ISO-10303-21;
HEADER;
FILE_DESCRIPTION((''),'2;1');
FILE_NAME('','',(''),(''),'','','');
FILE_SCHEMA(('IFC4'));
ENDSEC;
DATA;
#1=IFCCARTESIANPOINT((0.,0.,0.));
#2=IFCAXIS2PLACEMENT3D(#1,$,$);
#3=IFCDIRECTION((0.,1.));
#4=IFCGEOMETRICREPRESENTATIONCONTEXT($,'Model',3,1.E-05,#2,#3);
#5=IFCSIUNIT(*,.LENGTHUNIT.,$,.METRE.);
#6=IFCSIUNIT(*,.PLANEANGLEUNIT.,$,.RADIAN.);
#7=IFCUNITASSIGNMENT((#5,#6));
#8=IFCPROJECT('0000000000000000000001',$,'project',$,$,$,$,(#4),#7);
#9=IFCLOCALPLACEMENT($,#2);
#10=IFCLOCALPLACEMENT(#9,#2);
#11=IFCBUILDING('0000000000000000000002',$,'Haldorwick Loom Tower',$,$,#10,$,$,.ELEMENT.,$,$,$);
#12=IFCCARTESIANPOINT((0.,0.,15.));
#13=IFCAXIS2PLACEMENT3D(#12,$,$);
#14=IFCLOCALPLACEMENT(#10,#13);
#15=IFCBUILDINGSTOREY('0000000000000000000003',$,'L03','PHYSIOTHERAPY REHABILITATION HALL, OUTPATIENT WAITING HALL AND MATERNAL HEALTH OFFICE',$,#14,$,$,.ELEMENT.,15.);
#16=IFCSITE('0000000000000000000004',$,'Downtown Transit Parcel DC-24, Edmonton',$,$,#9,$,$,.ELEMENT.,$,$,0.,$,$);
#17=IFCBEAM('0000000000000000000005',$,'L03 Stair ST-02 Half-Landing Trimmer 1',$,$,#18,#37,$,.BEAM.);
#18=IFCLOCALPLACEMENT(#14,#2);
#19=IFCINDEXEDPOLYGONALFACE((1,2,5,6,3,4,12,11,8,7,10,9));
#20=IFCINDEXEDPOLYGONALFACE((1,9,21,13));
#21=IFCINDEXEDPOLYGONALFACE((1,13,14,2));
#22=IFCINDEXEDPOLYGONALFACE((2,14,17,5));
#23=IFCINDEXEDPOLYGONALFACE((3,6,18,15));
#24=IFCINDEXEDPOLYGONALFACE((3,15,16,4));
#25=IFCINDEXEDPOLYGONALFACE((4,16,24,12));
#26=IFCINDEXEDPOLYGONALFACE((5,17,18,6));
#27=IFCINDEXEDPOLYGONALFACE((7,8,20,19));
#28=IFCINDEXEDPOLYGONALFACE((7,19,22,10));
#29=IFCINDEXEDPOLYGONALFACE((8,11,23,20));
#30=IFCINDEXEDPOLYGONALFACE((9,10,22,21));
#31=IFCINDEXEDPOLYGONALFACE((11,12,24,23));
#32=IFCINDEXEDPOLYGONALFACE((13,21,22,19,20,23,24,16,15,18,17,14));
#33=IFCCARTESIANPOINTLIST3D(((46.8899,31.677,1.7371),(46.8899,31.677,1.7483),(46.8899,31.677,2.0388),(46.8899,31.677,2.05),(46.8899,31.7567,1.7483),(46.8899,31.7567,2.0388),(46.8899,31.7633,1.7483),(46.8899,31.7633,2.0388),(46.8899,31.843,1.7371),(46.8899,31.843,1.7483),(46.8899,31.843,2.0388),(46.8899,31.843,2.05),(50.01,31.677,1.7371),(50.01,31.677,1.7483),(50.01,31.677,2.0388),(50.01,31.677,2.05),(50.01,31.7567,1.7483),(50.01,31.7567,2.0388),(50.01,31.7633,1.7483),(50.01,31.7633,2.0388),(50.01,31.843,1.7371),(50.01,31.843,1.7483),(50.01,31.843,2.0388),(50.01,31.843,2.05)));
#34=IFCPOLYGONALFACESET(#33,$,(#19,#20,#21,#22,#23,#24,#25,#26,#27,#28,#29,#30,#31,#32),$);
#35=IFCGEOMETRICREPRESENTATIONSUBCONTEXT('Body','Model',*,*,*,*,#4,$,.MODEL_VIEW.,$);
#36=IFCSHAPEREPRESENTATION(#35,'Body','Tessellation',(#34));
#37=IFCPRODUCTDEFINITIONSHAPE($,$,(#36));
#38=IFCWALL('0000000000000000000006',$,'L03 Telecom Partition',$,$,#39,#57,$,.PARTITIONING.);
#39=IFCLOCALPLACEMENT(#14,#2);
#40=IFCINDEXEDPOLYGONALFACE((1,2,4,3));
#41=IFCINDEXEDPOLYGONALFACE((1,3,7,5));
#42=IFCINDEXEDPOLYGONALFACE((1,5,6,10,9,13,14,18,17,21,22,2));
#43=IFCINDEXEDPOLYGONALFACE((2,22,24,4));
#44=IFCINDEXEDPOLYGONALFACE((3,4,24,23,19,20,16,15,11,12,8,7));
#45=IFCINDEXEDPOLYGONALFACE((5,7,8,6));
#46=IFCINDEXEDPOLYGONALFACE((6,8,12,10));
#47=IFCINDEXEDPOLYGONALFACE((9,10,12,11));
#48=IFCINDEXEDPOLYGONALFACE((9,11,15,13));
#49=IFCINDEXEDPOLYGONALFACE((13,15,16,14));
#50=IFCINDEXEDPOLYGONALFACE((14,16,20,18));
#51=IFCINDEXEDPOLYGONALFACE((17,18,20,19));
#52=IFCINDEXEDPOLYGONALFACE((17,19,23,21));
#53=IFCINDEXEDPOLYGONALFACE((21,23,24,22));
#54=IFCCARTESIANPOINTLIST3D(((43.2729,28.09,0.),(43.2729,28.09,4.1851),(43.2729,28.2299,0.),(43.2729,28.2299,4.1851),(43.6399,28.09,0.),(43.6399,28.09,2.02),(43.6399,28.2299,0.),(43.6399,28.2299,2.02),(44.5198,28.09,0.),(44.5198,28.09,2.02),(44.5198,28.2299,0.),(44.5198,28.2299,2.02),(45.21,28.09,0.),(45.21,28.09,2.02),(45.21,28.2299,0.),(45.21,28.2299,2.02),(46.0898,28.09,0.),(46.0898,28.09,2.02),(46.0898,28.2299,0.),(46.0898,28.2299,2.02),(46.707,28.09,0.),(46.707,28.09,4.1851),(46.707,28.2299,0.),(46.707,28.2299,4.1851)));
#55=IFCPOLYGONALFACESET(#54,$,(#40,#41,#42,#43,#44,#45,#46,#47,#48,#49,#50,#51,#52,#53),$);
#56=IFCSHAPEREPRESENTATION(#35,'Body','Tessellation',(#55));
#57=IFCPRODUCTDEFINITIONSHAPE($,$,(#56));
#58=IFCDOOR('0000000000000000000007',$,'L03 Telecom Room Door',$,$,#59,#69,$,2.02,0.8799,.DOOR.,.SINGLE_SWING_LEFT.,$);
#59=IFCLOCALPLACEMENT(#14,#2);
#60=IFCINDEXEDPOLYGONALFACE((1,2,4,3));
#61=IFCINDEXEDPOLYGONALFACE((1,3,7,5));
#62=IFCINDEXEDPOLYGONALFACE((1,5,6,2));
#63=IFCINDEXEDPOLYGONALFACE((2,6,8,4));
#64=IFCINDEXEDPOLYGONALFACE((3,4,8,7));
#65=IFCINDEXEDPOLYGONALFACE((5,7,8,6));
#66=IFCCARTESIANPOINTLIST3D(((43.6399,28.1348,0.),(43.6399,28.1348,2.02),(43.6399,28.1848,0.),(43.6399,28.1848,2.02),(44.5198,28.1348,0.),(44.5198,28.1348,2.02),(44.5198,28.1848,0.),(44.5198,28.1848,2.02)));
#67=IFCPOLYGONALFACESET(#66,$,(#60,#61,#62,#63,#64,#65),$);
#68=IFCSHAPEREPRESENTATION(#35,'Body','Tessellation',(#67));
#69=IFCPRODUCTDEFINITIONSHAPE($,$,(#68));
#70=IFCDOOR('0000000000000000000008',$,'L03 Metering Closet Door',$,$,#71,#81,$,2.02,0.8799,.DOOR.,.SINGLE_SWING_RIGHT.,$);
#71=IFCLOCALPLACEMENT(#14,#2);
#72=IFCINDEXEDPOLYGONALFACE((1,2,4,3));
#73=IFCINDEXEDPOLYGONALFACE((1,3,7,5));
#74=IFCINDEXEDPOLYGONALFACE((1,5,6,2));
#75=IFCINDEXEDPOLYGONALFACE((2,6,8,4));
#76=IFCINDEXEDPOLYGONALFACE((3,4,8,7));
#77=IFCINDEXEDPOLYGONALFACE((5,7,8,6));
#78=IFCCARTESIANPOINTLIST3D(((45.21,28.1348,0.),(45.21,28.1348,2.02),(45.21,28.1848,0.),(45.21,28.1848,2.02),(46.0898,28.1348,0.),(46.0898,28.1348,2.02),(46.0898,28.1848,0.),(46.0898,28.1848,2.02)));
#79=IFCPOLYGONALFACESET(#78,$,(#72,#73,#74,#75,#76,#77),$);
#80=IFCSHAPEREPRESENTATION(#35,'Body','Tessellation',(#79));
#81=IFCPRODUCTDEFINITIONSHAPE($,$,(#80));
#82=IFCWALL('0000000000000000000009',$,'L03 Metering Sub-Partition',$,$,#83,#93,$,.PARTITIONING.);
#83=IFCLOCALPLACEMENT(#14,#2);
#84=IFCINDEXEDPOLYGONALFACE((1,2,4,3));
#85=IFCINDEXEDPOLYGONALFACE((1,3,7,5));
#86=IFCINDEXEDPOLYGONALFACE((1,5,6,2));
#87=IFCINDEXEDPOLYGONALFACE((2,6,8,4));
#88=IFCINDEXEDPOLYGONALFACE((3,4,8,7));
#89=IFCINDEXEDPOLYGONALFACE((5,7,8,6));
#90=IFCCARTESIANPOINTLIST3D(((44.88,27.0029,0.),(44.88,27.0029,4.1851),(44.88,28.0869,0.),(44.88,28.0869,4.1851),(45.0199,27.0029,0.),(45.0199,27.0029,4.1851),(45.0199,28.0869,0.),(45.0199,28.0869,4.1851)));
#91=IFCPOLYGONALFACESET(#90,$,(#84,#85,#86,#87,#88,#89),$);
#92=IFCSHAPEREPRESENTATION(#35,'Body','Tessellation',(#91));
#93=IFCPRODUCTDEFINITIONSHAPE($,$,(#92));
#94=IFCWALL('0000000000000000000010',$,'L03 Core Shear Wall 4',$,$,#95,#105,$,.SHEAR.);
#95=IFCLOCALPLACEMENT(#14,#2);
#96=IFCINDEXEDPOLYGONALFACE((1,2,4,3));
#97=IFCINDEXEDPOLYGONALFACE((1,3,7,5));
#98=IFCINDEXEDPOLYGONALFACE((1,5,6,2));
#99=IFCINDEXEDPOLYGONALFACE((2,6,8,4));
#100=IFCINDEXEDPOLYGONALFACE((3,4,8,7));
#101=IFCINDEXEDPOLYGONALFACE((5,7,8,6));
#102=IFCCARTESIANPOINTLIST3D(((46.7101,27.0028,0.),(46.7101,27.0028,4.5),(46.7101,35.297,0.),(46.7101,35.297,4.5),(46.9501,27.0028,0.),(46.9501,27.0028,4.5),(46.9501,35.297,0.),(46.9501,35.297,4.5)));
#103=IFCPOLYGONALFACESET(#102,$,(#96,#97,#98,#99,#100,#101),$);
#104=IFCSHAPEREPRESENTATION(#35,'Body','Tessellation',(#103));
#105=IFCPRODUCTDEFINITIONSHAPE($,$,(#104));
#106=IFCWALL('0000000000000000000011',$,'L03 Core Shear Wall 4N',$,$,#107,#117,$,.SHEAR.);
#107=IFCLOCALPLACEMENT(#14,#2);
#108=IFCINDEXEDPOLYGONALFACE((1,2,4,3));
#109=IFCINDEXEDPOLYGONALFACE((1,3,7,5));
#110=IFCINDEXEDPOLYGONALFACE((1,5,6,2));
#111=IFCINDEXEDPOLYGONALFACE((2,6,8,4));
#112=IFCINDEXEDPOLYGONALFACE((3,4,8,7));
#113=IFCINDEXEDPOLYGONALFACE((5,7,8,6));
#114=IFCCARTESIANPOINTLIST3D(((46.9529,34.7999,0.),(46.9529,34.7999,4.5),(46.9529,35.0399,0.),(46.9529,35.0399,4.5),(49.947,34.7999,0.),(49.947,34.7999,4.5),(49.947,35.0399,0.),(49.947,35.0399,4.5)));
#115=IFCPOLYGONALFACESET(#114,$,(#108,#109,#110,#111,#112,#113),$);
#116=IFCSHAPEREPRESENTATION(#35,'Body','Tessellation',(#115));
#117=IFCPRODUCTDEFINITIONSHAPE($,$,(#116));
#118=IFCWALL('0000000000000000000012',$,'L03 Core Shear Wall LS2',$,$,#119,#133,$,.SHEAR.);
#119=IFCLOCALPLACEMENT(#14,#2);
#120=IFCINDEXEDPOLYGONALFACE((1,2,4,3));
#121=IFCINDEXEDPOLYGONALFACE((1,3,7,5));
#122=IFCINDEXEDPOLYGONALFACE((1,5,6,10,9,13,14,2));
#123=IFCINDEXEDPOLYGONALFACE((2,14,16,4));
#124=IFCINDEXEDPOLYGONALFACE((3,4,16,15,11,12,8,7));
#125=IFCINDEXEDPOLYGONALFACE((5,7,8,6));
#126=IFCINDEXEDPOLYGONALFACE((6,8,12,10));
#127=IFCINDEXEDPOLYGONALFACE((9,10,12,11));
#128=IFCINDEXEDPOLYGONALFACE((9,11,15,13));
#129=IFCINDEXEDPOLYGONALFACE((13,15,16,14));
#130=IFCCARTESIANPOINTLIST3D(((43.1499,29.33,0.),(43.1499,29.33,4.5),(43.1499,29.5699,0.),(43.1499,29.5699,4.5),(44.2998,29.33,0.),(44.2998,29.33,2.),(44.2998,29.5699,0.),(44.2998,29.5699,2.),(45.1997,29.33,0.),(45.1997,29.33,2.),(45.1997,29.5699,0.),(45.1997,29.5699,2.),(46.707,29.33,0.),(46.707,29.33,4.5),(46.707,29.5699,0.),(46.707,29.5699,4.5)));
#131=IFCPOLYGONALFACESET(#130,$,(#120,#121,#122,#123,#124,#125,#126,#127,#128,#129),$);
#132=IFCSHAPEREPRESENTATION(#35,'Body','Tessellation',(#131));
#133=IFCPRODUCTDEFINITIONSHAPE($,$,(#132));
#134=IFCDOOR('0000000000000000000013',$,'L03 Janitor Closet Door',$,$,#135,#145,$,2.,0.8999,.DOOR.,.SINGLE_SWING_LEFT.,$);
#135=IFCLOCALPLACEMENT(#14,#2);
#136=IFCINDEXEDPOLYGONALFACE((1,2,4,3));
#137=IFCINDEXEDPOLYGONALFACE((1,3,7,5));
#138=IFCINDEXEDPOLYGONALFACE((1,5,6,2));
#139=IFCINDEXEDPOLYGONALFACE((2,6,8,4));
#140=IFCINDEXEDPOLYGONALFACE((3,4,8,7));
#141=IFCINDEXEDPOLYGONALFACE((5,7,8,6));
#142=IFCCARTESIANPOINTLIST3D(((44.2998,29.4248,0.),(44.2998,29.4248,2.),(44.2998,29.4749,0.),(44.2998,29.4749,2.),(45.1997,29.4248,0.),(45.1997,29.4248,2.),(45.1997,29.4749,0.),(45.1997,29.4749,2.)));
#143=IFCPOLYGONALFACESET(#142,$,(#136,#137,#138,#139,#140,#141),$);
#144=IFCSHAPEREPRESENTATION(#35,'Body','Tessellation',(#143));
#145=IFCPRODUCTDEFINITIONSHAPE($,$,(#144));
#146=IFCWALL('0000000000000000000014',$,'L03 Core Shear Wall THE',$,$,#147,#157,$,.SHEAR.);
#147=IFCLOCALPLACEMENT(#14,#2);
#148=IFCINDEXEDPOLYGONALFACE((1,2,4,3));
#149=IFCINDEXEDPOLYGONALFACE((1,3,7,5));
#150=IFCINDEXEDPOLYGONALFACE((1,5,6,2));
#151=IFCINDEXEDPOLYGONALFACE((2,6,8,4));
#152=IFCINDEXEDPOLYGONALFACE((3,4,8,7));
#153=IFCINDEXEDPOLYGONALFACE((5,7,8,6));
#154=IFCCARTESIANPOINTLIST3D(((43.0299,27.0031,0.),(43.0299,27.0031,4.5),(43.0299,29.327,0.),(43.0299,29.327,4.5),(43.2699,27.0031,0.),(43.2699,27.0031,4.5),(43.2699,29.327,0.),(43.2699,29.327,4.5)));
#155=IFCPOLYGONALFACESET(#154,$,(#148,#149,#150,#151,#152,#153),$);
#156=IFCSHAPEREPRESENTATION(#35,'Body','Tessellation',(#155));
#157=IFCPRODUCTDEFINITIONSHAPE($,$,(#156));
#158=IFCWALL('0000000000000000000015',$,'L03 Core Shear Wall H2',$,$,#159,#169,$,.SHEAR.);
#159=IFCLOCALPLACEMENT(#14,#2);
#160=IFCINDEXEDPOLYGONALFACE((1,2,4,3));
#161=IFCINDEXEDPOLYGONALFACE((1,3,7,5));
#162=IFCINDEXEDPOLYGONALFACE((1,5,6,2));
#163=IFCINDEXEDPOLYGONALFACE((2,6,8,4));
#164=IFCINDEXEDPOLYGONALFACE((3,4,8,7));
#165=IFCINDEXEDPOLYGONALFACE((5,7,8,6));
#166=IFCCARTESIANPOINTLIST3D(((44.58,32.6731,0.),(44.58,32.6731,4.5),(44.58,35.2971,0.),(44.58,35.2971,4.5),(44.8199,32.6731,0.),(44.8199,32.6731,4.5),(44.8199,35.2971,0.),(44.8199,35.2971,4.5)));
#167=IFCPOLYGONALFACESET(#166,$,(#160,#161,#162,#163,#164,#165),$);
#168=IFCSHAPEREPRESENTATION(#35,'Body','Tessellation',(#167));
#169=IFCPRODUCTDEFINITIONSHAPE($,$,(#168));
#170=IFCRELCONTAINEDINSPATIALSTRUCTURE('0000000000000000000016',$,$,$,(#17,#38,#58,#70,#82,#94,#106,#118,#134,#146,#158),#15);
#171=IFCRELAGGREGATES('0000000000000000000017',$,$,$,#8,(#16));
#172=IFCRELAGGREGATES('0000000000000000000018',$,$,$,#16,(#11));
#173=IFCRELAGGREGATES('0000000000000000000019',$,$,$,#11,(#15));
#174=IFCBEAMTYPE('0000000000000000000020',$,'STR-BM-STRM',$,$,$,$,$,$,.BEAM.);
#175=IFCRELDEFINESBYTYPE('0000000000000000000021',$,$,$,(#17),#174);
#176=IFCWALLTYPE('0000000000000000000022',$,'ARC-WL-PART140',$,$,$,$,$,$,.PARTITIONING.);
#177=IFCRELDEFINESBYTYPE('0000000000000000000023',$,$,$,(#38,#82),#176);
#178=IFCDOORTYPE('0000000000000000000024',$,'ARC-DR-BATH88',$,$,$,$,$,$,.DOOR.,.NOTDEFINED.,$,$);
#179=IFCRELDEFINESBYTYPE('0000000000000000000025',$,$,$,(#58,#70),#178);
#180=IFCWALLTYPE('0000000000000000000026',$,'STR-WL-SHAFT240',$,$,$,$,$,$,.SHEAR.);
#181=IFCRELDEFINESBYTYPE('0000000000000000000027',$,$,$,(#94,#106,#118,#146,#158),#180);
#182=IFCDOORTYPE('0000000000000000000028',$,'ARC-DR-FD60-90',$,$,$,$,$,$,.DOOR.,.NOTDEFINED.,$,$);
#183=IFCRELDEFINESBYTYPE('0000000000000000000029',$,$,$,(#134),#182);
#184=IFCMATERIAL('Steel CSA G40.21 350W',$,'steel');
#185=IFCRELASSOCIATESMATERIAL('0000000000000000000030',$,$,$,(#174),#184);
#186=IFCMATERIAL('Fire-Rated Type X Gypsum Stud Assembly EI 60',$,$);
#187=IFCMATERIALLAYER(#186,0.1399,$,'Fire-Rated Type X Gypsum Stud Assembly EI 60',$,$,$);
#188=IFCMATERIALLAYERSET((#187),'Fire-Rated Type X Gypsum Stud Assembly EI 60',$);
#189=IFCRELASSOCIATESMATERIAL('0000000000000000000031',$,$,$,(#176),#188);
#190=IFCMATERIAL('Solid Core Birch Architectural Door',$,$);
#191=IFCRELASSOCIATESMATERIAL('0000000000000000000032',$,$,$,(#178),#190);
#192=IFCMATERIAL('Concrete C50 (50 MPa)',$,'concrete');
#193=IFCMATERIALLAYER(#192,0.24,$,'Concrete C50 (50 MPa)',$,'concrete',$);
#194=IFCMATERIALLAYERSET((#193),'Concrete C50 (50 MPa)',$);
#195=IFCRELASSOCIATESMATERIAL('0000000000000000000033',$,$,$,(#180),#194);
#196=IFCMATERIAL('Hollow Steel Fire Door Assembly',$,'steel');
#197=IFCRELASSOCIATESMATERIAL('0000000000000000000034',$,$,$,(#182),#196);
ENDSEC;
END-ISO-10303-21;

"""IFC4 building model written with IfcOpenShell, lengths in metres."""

from ifc_helpers import new_model, si_unit, direction, frame, frame_2d, origin, origin_2d, place, context, subcontext, project, spatial, rectangle, i_section, extrude, material, layer, layer_set, material_profile, profile_set, type_object, element, fill, save


model = new_model("IFC4")

# Units and contexts
model_context = context("Model", 3, precision=1e-05, world=origin(), true_north=direction((0.0, 1.0)))
body_context = subcontext(model_context, "Body", "Model", "MODEL_VIEW")
ifc_project = project(units=[si_unit("LENGTHUNIT", "METRE"), si_unit("PLANEANGLEUNIT", "RADIAN")], contexts=[model_context])

# Site, building, storey
site_placement = place(None, origin())
site = spatial("IfcSite", under=ifc_project, at=site_placement, Name="Downtown Transit Parcel DC-24, Edmonton", CompositionType="ELEMENT", RefElevation=0.0)
building_placement = place(site_placement, origin())
building = spatial("IfcBuilding", under=site, at=building_placement, Name="Haldorwick Loom Tower", CompositionType="ELEMENT")
storey_placement = place(building_placement, frame((0.0, 0.0, 15.0)))
storey = spatial("IfcBuildingStorey", under=building, at=storey_placement, Name="L03", Description="PHYSIOTHERAPY REHABILITATION HALL, OUTPATIENT WAITING HALL AND MATERNAL HEALTH OFFICE", CompositionType="ELEMENT", Elevation=15.0)

# Beam
ifc_material_1 = material(Name="Steel CSA G40.21 350W", Category="steel")
ifc_material_profile_1 = material_profile(ifc_material_1, i_section(OverallWidth=0.166, OverallDepth=0.313, WebThickness=0.0066, FlangeThickness=0.0112, at=origin_2d()), Name="W310X45", Category="steel")
ifc_profile_set_1 = profile_set([ifc_material_profile_1], Name="Steel CSA G40.21 350W")
beam_type = type_object("IfcBeamType", Name="STR-BM-STRM", PredefinedType="BEAM", material=ifc_profile_set_1)
for number, where, z_axis, x_axis, name in (
    (1, (46.8899, 31.76, 1.8936), (1.0, 0.0, 0.0), (0.0, 1.0, 0.0), "L03 Stair ST-02 Half-Landing Trimmer 1"),
):
    element("IfcBeam", number, at=place(storey_placement, frame(where, z_axis=z_axis, x_axis=x_axis)), inside=storey, type_object=beam_type, Name=name, PredefinedType="BEAM", context=body_context, shape_type="SweptSolid", body=[
        extrude(i_section(OverallWidth=0.166, OverallDepth=0.313, WebThickness=0.0066, FlangeThickness=0.0112, at=origin_2d()), origin(), (0.0, 0.0, 1.0), 3.1201),
    ])

# Wall, openings, doors
ifc_material_2 = material(Name="Fire-Rated Type X Gypsum Stud Assembly EI 60")
ifc_layer_1 = layer(ifc_material_2, 0.1399, Name="Fire-Rated Type X Gypsum Stud Assembly EI 60")
ifc_layer_set_1 = layer_set([ifc_layer_1], Name="Fire-Rated Type X Gypsum Stud Assembly EI 60")
wall_type_1 = type_object("IfcWallType", Name="ARC-WL-PART140", PredefinedType="PARTITIONING", material=ifc_layer_set_1)
wall_1_placement = place(storey_placement, frame((43.2729, 28.1599, 0.0), z_axis=(0.0, 0.0, 1.0), x_axis=(1.0, 0.0, 0.0)))
wall_1 = element("IfcWall", 2, at=wall_1_placement, inside=storey, type_object=wall_type_1, Name="L03 Telecom Partition", PredefinedType="PARTITIONING", context=body_context, shape_type="SweptSolid", body=[
    extrude(rectangle(XDim=3.4341, YDim=0.1399, at=frame_2d((1.717, 0.0))), origin(), (0.0, 0.0, 1.0), 4.1851),
])
opening_1_placement = place(wall_1_placement, frame((0.3669, 0.0, 0.0)))
opening_1 = element("IfcOpeningElement", 3, at=opening_1_placement, cuts=wall_1, PredefinedType="OPENING", context=body_context, shape_type="SweptSolid", body=[
    extrude(rectangle(XDim=0.8799, YDim=2.02, at=frame_2d((0.4399, 1.01))), frame((0.0, 0.0798, 0.0), z_axis=(0.0, -1.0, 0.0), x_axis=(1.0, 0.0, 0.0)), (0.0, 0.0, 1.0), 0.1599),
])
opening_2_placement = place(wall_1_placement, frame((1.937, 0.0, 0.0)))
opening_2 = element("IfcOpeningElement", 4, at=opening_2_placement, cuts=wall_1, PredefinedType="OPENING", context=body_context, shape_type="SweptSolid", body=[
    extrude(rectangle(XDim=0.8799, YDim=2.02, at=frame_2d((0.4399, 1.01))), frame((0.0, 0.0798, 0.0), z_axis=(0.0, -1.0, 0.0), x_axis=(1.0, 0.0, 0.0)), (0.0, 0.0, 1.0), 0.1599),
])
ifc_material_3 = material(Name="Solid Core Birch Architectural Door")
door_type_1 = type_object("IfcDoorType", Name="ARC-DR-BATH88", OperationType="NOTDEFINED", PredefinedType="DOOR", material=ifc_material_3)
door_1_placement = place(opening_1_placement, origin())
door_1 = element("IfcDoor", 5, at=door_1_placement, inside=storey, type_object=door_type_1, Name="L03 Telecom Room Door", OperationType="SINGLE_SWING_LEFT", OverallHeight=2.02, OverallWidth=0.8799, PredefinedType="DOOR", context=body_context, shape_type="SweptSolid", body=[
    extrude(rectangle(XDim=0.8799, YDim=2.02, at=frame_2d((0.4399, 1.01))), frame((0.0, 0.0249, 0.0), z_axis=(0.0, -1.0, 0.0), x_axis=(1.0, 0.0, 0.0)), (0.0, 0.0, 1.0), 0.05),
])
fill(opening_1, door_1)
door_2_placement = place(opening_2_placement, origin())
door_2 = element("IfcDoor", 6, at=door_2_placement, inside=storey, type_object=door_type_1, Name="L03 Metering Closet Door", OperationType="SINGLE_SWING_RIGHT", OverallHeight=2.02, OverallWidth=0.8799, PredefinedType="DOOR", context=body_context, shape_type="SweptSolid", body=[
    extrude(rectangle(XDim=0.8799, YDim=2.02, at=frame_2d((0.4399, 1.01))), frame((0.0, 0.0249, 0.0), z_axis=(0.0, -1.0, 0.0), x_axis=(1.0, 0.0, 0.0)), (0.0, 0.0, 1.0), 0.05),
])
fill(opening_2, door_2)

# Walls
wall_2_placement = place(storey_placement, frame((44.95, 27.0029, 0.0), z_axis=(0.0, 0.0, 1.0), x_axis=(0.0, 1.0, 0.0)))
element("IfcWall", 7, at=wall_2_placement, inside=storey, type_object=wall_type_1, Name="L03 Metering Sub-Partition", PredefinedType="PARTITIONING", context=body_context, shape_type="SweptSolid", body=[
    extrude(rectangle(XDim=1.084, YDim=0.1399, at=frame_2d((0.542, 0.0))), origin(), (0.0, 0.0, 1.0), 4.1851),
])
ifc_material_4 = material(Name="Concrete C50 (50 MPa)", Category="concrete")
ifc_layer_2 = layer(ifc_material_4, 0.24, Name="Concrete C50 (50 MPa)", Category="concrete")
ifc_layer_set_2 = layer_set([ifc_layer_2], Name="Concrete C50 (50 MPa)")
wall_type_2 = type_object("IfcWallType", Name="STR-WL-SHAFT240", PredefinedType="SHEAR", material=ifc_layer_set_2)
wall_3_placement = place(storey_placement, frame((46.8301, 27.0029, 0.0), z_axis=(0.0, 0.0, 1.0), x_axis=(0.0, 1.0, 0.0)))
element("IfcWall", 8, at=wall_3_placement, inside=storey, type_object=wall_type_2, Name="L03 Core Shear Wall 4", PredefinedType="SHEAR", context=body_context, shape_type="SweptSolid", body=[
    extrude(rectangle(XDim=8.2942, YDim=0.24, at=frame_2d((4.147, 0.0))), origin(), (0.0, 0.0, 1.0), 4.5),
])
wall_4_placement = place(storey_placement, frame((46.9529, 34.9199, 0.0), z_axis=(0.0, 0.0, 1.0), x_axis=(1.0, 0.0, 0.0)))
element("IfcWall", 9, at=wall_4_placement, inside=storey, type_object=wall_type_2, Name="L03 Core Shear Wall 4N", PredefinedType="SHEAR", context=body_context, shape_type="SweptSolid", body=[
    extrude(rectangle(XDim=2.9941, YDim=0.24, at=frame_2d((1.4971, 0.0))), origin(), (0.0, 0.0, 1.0), 4.5),
])

# Wall, opening, door
wall_5_placement = place(storey_placement, frame((43.1499, 29.45, 0.0), z_axis=(0.0, 0.0, 1.0), x_axis=(1.0, 0.0, 0.0)))
wall_5 = element("IfcWall", 10, at=wall_5_placement, inside=storey, type_object=wall_type_2, Name="L03 Core Shear Wall LS2", PredefinedType="SHEAR", context=body_context, shape_type="SweptSolid", body=[
    extrude(rectangle(XDim=3.5571, YDim=0.24, at=frame_2d((1.7786, 0.0))), origin(), (0.0, 0.0, 1.0), 4.5),
])
opening_3_placement = place(wall_5_placement, frame((1.1499, 0.0, 0.0)))
opening_3 = element("IfcOpeningElement", 11, at=opening_3_placement, cuts=wall_5, PredefinedType="OPENING", context=body_context, shape_type="SweptSolid", body=[
    extrude(rectangle(XDim=0.8999, YDim=2.0, at=frame_2d((0.45, 1.0))), frame((0.0, 0.1299, 0.0), z_axis=(0.0, -1.0, 0.0), x_axis=(1.0, 0.0, 0.0)), (0.0, 0.0, 1.0), 0.26),
])
ifc_material_5 = material(Name="Hollow Steel Fire Door Assembly", Category="steel")
door_type_2 = type_object("IfcDoorType", Name="ARC-DR-FD60-90", OperationType="NOTDEFINED", PredefinedType="DOOR", material=ifc_material_5)
door_3_placement = place(opening_3_placement, origin())
door_3 = element("IfcDoor", 12, at=door_3_placement, inside=storey, type_object=door_type_2, Name="L03 Janitor Closet Door", OperationType="SINGLE_SWING_LEFT", OverallHeight=2.0, OverallWidth=0.8999, PredefinedType="DOOR", context=body_context, shape_type="SweptSolid", body=[
    extrude(rectangle(XDim=0.8999, YDim=2.0, at=frame_2d((0.45, 1.0))), frame((0.0, 0.0249, 0.0), z_axis=(0.0, -1.0, 0.0), x_axis=(1.0, 0.0, 0.0)), (0.0, 0.0, 1.0), 0.05),
])
fill(opening_3, door_3)

# Walls
wall_6_placement = place(storey_placement, frame((43.1499, 27.0029, 0.0), z_axis=(0.0, 0.0, 1.0), x_axis=(0.0, 1.0, 0.0)))
element("IfcWall", 13, at=wall_6_placement, inside=storey, type_object=wall_type_2, Name="L03 Core Shear Wall THE", PredefinedType="SHEAR", context=body_context, shape_type="SweptSolid", body=[
    extrude(rectangle(XDim=2.324, YDim=0.24, at=frame_2d((1.1621, 0.0))), origin(), (0.0, 0.0, 1.0), 4.5),
])
wall_7_placement = place(storey_placement, frame((44.7, 32.6731, 0.0), z_axis=(0.0, 0.0, 1.0), x_axis=(0.0, 1.0, 0.0)))
element("IfcWall", 14, at=wall_7_placement, inside=storey, type_object=wall_type_2, Name="L03 Core Shear Wall H2", PredefinedType="SHEAR", context=body_context, shape_type="SweptSolid", body=[
    extrude(rectangle(XDim=2.624, YDim=0.24, at=frame_2d((1.312, 0.0))), origin(), (0.0, 0.0, 1.0), 4.5),
])

save(model, "model.ifc")
